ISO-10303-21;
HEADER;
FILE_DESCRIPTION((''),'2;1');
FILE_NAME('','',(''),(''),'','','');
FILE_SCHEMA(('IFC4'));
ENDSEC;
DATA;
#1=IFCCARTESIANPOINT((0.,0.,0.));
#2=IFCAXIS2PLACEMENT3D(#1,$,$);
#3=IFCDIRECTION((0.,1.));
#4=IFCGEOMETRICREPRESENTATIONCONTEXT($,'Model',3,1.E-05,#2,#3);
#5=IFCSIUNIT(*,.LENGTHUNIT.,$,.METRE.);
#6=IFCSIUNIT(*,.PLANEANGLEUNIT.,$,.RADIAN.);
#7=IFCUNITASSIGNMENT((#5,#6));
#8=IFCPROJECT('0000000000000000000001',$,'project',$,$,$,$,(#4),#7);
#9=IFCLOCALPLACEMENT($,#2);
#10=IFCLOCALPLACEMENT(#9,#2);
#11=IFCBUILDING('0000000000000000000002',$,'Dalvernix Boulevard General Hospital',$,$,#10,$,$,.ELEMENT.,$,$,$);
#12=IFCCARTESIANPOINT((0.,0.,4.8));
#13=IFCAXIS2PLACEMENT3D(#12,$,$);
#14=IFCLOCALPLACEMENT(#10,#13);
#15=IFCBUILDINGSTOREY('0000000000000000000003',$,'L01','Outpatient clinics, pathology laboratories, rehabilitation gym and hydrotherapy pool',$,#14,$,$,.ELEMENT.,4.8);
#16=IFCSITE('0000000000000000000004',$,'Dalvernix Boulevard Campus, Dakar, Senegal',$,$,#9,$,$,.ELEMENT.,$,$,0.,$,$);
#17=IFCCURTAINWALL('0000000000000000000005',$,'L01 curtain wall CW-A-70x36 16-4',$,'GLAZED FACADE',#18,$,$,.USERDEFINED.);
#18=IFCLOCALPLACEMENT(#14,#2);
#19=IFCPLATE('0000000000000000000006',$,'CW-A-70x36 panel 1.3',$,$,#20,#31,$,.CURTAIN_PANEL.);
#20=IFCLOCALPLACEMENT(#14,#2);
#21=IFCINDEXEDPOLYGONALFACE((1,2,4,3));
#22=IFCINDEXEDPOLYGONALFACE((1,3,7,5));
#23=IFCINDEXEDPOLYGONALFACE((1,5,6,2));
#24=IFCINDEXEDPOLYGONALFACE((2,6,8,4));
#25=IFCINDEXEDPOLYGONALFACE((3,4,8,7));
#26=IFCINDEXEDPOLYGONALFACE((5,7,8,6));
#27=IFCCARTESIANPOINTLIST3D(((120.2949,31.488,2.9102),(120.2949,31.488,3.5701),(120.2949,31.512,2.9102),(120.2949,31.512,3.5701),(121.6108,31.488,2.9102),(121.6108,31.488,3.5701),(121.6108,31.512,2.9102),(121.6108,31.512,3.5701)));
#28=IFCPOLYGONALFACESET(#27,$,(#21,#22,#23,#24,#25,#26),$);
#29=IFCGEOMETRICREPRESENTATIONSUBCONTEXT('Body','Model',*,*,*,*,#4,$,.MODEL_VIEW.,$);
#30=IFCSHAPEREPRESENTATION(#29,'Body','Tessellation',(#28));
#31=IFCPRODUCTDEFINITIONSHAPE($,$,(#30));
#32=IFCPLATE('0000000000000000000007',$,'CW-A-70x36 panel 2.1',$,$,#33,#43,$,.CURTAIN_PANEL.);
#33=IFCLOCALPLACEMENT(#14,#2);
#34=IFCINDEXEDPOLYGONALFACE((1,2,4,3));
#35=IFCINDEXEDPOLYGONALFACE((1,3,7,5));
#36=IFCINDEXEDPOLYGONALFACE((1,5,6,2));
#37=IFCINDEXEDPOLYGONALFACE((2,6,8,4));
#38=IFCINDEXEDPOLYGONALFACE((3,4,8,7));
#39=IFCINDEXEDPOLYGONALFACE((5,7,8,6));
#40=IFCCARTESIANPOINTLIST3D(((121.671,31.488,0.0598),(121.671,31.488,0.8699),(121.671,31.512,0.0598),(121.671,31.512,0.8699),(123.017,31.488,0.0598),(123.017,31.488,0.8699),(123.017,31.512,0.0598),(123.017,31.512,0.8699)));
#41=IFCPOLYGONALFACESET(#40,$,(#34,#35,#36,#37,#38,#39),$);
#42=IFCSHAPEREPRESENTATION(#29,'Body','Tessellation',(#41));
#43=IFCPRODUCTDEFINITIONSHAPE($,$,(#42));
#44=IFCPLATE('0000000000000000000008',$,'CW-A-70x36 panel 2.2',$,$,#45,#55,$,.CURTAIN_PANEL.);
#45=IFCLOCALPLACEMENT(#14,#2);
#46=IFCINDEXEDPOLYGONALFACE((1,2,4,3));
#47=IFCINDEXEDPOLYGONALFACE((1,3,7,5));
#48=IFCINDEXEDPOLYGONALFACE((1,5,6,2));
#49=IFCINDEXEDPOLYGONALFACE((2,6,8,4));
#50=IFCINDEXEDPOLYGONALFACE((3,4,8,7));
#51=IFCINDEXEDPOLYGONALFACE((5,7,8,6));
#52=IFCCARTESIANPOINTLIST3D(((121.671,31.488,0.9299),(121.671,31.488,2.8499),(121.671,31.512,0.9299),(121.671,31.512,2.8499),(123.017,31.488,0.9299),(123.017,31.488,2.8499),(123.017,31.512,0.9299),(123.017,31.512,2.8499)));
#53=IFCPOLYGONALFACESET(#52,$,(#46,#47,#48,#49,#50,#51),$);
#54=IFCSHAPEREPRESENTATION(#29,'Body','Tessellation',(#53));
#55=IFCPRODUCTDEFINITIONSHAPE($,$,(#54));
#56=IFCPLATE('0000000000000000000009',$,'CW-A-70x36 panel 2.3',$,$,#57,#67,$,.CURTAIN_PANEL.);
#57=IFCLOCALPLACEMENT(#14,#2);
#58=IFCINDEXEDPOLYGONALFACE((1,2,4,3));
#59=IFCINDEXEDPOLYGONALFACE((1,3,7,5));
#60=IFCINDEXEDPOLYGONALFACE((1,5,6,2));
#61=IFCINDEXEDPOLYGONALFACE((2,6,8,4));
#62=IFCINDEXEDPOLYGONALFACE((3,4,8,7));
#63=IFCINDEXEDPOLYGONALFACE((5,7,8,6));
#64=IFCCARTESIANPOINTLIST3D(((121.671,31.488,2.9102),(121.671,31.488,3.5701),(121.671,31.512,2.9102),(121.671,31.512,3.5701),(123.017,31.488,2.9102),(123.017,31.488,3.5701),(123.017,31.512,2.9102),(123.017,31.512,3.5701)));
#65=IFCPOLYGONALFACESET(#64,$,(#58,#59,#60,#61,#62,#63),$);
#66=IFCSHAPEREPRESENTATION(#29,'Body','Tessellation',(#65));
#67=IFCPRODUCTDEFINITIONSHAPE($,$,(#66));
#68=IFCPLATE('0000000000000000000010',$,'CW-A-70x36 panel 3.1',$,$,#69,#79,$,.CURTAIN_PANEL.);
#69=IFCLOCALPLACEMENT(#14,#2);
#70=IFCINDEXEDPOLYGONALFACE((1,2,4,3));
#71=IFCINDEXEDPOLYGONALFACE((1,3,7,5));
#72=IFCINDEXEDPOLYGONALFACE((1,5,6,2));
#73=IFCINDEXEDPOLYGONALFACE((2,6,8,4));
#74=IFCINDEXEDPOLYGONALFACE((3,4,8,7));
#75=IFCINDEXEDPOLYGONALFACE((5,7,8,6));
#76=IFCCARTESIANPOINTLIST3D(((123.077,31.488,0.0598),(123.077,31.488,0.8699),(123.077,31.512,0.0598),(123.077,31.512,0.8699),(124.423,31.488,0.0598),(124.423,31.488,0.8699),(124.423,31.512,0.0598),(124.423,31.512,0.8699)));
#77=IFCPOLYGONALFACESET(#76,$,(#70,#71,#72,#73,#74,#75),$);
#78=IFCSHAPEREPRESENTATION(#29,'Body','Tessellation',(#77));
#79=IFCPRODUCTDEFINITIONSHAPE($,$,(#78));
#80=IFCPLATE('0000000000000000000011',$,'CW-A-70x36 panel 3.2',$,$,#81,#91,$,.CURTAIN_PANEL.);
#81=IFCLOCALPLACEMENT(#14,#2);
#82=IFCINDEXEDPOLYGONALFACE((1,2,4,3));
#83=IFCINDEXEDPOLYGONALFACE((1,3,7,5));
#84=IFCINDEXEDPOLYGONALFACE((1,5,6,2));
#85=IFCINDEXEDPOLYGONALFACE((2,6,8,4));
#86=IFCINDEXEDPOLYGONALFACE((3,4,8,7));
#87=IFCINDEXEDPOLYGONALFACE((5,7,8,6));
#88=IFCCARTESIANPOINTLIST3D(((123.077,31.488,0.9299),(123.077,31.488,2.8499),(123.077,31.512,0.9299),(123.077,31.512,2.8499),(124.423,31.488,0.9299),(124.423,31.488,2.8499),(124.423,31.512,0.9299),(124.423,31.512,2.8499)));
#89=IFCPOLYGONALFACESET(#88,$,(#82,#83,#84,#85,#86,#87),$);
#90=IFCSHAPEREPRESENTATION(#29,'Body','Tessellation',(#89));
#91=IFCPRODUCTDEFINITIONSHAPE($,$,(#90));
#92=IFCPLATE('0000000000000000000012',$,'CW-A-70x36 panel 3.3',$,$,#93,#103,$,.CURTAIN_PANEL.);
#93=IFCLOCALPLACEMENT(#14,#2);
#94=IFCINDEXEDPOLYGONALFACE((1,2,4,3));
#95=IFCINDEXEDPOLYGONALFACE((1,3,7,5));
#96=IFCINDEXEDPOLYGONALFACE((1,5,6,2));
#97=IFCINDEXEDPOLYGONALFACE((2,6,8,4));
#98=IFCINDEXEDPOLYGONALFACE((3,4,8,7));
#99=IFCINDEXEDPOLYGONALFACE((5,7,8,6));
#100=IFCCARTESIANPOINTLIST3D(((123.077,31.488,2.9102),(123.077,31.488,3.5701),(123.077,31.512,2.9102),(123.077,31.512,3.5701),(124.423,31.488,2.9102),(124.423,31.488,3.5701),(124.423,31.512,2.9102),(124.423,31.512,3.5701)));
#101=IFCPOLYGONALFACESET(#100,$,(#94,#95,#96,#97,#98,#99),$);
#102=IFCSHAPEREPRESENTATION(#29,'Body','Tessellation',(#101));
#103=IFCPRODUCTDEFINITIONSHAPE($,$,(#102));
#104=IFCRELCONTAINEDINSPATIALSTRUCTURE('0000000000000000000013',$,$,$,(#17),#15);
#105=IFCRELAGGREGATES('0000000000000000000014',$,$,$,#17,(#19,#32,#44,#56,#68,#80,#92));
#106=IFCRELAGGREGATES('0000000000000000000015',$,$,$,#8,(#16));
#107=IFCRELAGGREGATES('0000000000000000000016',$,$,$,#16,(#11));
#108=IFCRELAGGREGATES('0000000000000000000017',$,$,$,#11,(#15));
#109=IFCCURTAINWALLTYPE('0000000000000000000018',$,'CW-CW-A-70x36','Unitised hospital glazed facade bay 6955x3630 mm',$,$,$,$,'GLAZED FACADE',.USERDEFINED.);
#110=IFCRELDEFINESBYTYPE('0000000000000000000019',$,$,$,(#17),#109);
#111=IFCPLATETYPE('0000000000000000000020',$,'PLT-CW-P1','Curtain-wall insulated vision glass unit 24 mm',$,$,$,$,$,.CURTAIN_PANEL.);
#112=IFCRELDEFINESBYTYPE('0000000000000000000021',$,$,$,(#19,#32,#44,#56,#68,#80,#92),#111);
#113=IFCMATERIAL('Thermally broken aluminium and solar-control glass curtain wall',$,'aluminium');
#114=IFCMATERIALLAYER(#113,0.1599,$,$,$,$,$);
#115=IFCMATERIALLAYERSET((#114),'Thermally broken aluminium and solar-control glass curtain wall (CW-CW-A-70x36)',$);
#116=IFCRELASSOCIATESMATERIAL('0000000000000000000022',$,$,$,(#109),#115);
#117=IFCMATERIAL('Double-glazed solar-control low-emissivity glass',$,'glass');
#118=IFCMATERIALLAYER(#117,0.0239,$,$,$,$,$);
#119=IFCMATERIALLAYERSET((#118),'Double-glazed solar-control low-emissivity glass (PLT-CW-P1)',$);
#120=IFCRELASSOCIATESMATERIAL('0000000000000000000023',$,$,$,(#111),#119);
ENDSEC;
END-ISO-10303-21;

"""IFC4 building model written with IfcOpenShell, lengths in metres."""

from ifc_helpers import new_model, si_unit, direction, frame, origin, origin_2d, place, context, subcontext, project, spatial, rectangle, extrude, material, layer, layer_set, type_object, element, aggregate, save


model = new_model("IFC4")

# Units and contexts
model_context = context("Model", 3, precision=1e-05, world=origin(), true_north=direction((0.0, 1.0)))
body_context = subcontext(model_context, "Body", "Model", "MODEL_VIEW")
ifc_project = project(units=[si_unit("LENGTHUNIT", "METRE"), si_unit("PLANEANGLEUNIT", "RADIAN")], contexts=[model_context])

# Site, building, storey
site_placement = place(None, origin())
site = spatial("IfcSite", under=ifc_project, at=site_placement, Name="Dalvernix Boulevard Campus, Dakar, Senegal", CompositionType="ELEMENT", RefElevation=0.0)
building_placement = place(site_placement, origin())
building = spatial("IfcBuilding", under=site, at=building_placement, Name="Dalvernix Boulevard General Hospital", CompositionType="ELEMENT")
storey_placement = place(building_placement, frame((0.0, 0.0, 4.8)))
storey = spatial("IfcBuildingStorey", under=building, at=storey_placement, Name="L01", Description="Outpatient clinics, pathology laboratories, rehabilitation gym and hydrotherapy pool", CompositionType="ELEMENT", Elevation=4.8)

# Curtain wall, plates
ifc_material_1 = material(Name="Thermally broken aluminium and solar-control glass curtain wall", Category="aluminium")
ifc_layer_1 = layer(ifc_material_1, 0.1599)
ifc_layer_set_1 = layer_set([ifc_layer_1], Name="Thermally broken aluminium and solar-control glass curtain wall (CW-CW-A-70x36)")
curtain_wall_type = type_object("IfcCurtainWallType", Name="CW-CW-A-70x36", Description="Unitised hospital glazed facade bay 6955x3630 mm", ElementType="GLAZED FACADE", PredefinedType="USERDEFINED", material=ifc_layer_set_1)
curtain_wall_placement = place(storey_placement, origin())
curtain_wall = element("IfcCurtainWall", 1, at=curtain_wall_placement, inside=storey, type_object=curtain_wall_type, Name="L01 curtain wall CW-A-70x36 16-4", ObjectType="GLAZED FACADE", PredefinedType="USERDEFINED")
ifc_material_2 = material(Name="Double-glazed solar-control low-emissivity glass", Category="glass")
ifc_layer_2 = layer(ifc_material_2, 0.0239)
ifc_layer_set_2 = layer_set([ifc_layer_2], Name="Double-glazed solar-control low-emissivity glass (PLT-CW-P1)")
plate_type = type_object("IfcPlateType", Name="PLT-CW-P1", Description="Curtain-wall insulated vision glass unit 24 mm", PredefinedType="CURTAIN_PANEL", material=ifc_layer_set_2)
plate_1_placement = place(storey_placement, frame((120.9529, 31.5, 2.9102), z_axis=(0.0, 0.0, 1.0), x_axis=(1.0, 0.0, 0.0)))
plate_1 = element("IfcPlate", 2, at=plate_1_placement, type_object=plate_type, Name="CW-A-70x36 panel 1.3", PredefinedType="CURTAIN_PANEL", context=body_context, shape_type="SweptSolid", body=[
    extrude(rectangle(XDim=1.3159, YDim=0.0239, at=origin_2d()), origin(), (0.0, 0.0, 1.0), 0.6599),
])
plate_2_placement = place(storey_placement, frame((122.344, 31.5, 0.0598), z_axis=(0.0, 0.0, 1.0), x_axis=(1.0, 0.0, 0.0)))
plate_2 = element("IfcPlate", 3, at=plate_2_placement, type_object=plate_type, Name="CW-A-70x36 panel 2.1", PredefinedType="CURTAIN_PANEL", context=body_context, shape_type="SweptSolid", body=[
    extrude(rectangle(XDim=1.3459, YDim=0.0239, at=origin_2d()), origin(), (0.0, 0.0, 1.0), 0.8101),
])
plate_3_placement = place(storey_placement, frame((122.344, 31.5, 0.9299), z_axis=(0.0, 0.0, 1.0), x_axis=(1.0, 0.0, 0.0)))
plate_3 = element("IfcPlate", 4, at=plate_3_placement, type_object=plate_type, Name="CW-A-70x36 panel 2.2", PredefinedType="CURTAIN_PANEL", context=body_context, shape_type="SweptSolid", body=[
    extrude(rectangle(XDim=1.3459, YDim=0.0239, at=origin_2d()), origin(), (0.0, 0.0, 1.0), 1.9199),
])
plate_4_placement = place(storey_placement, frame((122.344, 31.5, 2.9102), z_axis=(0.0, 0.0, 1.0), x_axis=(1.0, 0.0, 0.0)))
plate_4 = element("IfcPlate", 5, at=plate_4_placement, type_object=plate_type, Name="CW-A-70x36 panel 2.3", PredefinedType="CURTAIN_PANEL", context=body_context, shape_type="SweptSolid", body=[
    extrude(rectangle(XDim=1.3459, YDim=0.0239, at=origin_2d()), origin(), (0.0, 0.0, 1.0), 0.6599),
])
plate_5_placement = place(storey_placement, frame((123.75, 31.5, 0.0598), z_axis=(0.0, 0.0, 1.0), x_axis=(1.0, 0.0, 0.0)))
plate_5 = element("IfcPlate", 6, at=plate_5_placement, type_object=plate_type, Name="CW-A-70x36 panel 3.1", PredefinedType="CURTAIN_PANEL", context=body_context, shape_type="SweptSolid", body=[
    extrude(rectangle(XDim=1.3459, YDim=0.0239, at=origin_2d()), origin(), (0.0, 0.0, 1.0), 0.8101),
])
plate_6_placement = place(storey_placement, frame((123.75, 31.5, 0.9299), z_axis=(0.0, 0.0, 1.0), x_axis=(1.0, 0.0, 0.0)))
plate_6 = element("IfcPlate", 7, at=plate_6_placement, type_object=plate_type, Name="CW-A-70x36 panel 3.2", PredefinedType="CURTAIN_PANEL", context=body_context, shape_type="SweptSolid", body=[
    extrude(rectangle(XDim=1.3459, YDim=0.0239, at=origin_2d()), origin(), (0.0, 0.0, 1.0), 1.9199),
])
plate_7_placement = place(storey_placement, frame((123.75, 31.5, 2.9102), z_axis=(0.0, 0.0, 1.0), x_axis=(1.0, 0.0, 0.0)))
plate_7 = element("IfcPlate", 8, at=plate_7_placement, type_object=plate_type, Name="CW-A-70x36 panel 3.3", PredefinedType="CURTAIN_PANEL", context=body_context, shape_type="SweptSolid", body=[
    extrude(rectangle(XDim=1.3459, YDim=0.0239, at=origin_2d()), origin(), (0.0, 0.0, 1.0), 0.6599),
])
aggregate(curtain_wall, [plate_1, plate_2, plate_3, plate_4, plate_5, plate_6, plate_7])

save(model, "model.ifc")
